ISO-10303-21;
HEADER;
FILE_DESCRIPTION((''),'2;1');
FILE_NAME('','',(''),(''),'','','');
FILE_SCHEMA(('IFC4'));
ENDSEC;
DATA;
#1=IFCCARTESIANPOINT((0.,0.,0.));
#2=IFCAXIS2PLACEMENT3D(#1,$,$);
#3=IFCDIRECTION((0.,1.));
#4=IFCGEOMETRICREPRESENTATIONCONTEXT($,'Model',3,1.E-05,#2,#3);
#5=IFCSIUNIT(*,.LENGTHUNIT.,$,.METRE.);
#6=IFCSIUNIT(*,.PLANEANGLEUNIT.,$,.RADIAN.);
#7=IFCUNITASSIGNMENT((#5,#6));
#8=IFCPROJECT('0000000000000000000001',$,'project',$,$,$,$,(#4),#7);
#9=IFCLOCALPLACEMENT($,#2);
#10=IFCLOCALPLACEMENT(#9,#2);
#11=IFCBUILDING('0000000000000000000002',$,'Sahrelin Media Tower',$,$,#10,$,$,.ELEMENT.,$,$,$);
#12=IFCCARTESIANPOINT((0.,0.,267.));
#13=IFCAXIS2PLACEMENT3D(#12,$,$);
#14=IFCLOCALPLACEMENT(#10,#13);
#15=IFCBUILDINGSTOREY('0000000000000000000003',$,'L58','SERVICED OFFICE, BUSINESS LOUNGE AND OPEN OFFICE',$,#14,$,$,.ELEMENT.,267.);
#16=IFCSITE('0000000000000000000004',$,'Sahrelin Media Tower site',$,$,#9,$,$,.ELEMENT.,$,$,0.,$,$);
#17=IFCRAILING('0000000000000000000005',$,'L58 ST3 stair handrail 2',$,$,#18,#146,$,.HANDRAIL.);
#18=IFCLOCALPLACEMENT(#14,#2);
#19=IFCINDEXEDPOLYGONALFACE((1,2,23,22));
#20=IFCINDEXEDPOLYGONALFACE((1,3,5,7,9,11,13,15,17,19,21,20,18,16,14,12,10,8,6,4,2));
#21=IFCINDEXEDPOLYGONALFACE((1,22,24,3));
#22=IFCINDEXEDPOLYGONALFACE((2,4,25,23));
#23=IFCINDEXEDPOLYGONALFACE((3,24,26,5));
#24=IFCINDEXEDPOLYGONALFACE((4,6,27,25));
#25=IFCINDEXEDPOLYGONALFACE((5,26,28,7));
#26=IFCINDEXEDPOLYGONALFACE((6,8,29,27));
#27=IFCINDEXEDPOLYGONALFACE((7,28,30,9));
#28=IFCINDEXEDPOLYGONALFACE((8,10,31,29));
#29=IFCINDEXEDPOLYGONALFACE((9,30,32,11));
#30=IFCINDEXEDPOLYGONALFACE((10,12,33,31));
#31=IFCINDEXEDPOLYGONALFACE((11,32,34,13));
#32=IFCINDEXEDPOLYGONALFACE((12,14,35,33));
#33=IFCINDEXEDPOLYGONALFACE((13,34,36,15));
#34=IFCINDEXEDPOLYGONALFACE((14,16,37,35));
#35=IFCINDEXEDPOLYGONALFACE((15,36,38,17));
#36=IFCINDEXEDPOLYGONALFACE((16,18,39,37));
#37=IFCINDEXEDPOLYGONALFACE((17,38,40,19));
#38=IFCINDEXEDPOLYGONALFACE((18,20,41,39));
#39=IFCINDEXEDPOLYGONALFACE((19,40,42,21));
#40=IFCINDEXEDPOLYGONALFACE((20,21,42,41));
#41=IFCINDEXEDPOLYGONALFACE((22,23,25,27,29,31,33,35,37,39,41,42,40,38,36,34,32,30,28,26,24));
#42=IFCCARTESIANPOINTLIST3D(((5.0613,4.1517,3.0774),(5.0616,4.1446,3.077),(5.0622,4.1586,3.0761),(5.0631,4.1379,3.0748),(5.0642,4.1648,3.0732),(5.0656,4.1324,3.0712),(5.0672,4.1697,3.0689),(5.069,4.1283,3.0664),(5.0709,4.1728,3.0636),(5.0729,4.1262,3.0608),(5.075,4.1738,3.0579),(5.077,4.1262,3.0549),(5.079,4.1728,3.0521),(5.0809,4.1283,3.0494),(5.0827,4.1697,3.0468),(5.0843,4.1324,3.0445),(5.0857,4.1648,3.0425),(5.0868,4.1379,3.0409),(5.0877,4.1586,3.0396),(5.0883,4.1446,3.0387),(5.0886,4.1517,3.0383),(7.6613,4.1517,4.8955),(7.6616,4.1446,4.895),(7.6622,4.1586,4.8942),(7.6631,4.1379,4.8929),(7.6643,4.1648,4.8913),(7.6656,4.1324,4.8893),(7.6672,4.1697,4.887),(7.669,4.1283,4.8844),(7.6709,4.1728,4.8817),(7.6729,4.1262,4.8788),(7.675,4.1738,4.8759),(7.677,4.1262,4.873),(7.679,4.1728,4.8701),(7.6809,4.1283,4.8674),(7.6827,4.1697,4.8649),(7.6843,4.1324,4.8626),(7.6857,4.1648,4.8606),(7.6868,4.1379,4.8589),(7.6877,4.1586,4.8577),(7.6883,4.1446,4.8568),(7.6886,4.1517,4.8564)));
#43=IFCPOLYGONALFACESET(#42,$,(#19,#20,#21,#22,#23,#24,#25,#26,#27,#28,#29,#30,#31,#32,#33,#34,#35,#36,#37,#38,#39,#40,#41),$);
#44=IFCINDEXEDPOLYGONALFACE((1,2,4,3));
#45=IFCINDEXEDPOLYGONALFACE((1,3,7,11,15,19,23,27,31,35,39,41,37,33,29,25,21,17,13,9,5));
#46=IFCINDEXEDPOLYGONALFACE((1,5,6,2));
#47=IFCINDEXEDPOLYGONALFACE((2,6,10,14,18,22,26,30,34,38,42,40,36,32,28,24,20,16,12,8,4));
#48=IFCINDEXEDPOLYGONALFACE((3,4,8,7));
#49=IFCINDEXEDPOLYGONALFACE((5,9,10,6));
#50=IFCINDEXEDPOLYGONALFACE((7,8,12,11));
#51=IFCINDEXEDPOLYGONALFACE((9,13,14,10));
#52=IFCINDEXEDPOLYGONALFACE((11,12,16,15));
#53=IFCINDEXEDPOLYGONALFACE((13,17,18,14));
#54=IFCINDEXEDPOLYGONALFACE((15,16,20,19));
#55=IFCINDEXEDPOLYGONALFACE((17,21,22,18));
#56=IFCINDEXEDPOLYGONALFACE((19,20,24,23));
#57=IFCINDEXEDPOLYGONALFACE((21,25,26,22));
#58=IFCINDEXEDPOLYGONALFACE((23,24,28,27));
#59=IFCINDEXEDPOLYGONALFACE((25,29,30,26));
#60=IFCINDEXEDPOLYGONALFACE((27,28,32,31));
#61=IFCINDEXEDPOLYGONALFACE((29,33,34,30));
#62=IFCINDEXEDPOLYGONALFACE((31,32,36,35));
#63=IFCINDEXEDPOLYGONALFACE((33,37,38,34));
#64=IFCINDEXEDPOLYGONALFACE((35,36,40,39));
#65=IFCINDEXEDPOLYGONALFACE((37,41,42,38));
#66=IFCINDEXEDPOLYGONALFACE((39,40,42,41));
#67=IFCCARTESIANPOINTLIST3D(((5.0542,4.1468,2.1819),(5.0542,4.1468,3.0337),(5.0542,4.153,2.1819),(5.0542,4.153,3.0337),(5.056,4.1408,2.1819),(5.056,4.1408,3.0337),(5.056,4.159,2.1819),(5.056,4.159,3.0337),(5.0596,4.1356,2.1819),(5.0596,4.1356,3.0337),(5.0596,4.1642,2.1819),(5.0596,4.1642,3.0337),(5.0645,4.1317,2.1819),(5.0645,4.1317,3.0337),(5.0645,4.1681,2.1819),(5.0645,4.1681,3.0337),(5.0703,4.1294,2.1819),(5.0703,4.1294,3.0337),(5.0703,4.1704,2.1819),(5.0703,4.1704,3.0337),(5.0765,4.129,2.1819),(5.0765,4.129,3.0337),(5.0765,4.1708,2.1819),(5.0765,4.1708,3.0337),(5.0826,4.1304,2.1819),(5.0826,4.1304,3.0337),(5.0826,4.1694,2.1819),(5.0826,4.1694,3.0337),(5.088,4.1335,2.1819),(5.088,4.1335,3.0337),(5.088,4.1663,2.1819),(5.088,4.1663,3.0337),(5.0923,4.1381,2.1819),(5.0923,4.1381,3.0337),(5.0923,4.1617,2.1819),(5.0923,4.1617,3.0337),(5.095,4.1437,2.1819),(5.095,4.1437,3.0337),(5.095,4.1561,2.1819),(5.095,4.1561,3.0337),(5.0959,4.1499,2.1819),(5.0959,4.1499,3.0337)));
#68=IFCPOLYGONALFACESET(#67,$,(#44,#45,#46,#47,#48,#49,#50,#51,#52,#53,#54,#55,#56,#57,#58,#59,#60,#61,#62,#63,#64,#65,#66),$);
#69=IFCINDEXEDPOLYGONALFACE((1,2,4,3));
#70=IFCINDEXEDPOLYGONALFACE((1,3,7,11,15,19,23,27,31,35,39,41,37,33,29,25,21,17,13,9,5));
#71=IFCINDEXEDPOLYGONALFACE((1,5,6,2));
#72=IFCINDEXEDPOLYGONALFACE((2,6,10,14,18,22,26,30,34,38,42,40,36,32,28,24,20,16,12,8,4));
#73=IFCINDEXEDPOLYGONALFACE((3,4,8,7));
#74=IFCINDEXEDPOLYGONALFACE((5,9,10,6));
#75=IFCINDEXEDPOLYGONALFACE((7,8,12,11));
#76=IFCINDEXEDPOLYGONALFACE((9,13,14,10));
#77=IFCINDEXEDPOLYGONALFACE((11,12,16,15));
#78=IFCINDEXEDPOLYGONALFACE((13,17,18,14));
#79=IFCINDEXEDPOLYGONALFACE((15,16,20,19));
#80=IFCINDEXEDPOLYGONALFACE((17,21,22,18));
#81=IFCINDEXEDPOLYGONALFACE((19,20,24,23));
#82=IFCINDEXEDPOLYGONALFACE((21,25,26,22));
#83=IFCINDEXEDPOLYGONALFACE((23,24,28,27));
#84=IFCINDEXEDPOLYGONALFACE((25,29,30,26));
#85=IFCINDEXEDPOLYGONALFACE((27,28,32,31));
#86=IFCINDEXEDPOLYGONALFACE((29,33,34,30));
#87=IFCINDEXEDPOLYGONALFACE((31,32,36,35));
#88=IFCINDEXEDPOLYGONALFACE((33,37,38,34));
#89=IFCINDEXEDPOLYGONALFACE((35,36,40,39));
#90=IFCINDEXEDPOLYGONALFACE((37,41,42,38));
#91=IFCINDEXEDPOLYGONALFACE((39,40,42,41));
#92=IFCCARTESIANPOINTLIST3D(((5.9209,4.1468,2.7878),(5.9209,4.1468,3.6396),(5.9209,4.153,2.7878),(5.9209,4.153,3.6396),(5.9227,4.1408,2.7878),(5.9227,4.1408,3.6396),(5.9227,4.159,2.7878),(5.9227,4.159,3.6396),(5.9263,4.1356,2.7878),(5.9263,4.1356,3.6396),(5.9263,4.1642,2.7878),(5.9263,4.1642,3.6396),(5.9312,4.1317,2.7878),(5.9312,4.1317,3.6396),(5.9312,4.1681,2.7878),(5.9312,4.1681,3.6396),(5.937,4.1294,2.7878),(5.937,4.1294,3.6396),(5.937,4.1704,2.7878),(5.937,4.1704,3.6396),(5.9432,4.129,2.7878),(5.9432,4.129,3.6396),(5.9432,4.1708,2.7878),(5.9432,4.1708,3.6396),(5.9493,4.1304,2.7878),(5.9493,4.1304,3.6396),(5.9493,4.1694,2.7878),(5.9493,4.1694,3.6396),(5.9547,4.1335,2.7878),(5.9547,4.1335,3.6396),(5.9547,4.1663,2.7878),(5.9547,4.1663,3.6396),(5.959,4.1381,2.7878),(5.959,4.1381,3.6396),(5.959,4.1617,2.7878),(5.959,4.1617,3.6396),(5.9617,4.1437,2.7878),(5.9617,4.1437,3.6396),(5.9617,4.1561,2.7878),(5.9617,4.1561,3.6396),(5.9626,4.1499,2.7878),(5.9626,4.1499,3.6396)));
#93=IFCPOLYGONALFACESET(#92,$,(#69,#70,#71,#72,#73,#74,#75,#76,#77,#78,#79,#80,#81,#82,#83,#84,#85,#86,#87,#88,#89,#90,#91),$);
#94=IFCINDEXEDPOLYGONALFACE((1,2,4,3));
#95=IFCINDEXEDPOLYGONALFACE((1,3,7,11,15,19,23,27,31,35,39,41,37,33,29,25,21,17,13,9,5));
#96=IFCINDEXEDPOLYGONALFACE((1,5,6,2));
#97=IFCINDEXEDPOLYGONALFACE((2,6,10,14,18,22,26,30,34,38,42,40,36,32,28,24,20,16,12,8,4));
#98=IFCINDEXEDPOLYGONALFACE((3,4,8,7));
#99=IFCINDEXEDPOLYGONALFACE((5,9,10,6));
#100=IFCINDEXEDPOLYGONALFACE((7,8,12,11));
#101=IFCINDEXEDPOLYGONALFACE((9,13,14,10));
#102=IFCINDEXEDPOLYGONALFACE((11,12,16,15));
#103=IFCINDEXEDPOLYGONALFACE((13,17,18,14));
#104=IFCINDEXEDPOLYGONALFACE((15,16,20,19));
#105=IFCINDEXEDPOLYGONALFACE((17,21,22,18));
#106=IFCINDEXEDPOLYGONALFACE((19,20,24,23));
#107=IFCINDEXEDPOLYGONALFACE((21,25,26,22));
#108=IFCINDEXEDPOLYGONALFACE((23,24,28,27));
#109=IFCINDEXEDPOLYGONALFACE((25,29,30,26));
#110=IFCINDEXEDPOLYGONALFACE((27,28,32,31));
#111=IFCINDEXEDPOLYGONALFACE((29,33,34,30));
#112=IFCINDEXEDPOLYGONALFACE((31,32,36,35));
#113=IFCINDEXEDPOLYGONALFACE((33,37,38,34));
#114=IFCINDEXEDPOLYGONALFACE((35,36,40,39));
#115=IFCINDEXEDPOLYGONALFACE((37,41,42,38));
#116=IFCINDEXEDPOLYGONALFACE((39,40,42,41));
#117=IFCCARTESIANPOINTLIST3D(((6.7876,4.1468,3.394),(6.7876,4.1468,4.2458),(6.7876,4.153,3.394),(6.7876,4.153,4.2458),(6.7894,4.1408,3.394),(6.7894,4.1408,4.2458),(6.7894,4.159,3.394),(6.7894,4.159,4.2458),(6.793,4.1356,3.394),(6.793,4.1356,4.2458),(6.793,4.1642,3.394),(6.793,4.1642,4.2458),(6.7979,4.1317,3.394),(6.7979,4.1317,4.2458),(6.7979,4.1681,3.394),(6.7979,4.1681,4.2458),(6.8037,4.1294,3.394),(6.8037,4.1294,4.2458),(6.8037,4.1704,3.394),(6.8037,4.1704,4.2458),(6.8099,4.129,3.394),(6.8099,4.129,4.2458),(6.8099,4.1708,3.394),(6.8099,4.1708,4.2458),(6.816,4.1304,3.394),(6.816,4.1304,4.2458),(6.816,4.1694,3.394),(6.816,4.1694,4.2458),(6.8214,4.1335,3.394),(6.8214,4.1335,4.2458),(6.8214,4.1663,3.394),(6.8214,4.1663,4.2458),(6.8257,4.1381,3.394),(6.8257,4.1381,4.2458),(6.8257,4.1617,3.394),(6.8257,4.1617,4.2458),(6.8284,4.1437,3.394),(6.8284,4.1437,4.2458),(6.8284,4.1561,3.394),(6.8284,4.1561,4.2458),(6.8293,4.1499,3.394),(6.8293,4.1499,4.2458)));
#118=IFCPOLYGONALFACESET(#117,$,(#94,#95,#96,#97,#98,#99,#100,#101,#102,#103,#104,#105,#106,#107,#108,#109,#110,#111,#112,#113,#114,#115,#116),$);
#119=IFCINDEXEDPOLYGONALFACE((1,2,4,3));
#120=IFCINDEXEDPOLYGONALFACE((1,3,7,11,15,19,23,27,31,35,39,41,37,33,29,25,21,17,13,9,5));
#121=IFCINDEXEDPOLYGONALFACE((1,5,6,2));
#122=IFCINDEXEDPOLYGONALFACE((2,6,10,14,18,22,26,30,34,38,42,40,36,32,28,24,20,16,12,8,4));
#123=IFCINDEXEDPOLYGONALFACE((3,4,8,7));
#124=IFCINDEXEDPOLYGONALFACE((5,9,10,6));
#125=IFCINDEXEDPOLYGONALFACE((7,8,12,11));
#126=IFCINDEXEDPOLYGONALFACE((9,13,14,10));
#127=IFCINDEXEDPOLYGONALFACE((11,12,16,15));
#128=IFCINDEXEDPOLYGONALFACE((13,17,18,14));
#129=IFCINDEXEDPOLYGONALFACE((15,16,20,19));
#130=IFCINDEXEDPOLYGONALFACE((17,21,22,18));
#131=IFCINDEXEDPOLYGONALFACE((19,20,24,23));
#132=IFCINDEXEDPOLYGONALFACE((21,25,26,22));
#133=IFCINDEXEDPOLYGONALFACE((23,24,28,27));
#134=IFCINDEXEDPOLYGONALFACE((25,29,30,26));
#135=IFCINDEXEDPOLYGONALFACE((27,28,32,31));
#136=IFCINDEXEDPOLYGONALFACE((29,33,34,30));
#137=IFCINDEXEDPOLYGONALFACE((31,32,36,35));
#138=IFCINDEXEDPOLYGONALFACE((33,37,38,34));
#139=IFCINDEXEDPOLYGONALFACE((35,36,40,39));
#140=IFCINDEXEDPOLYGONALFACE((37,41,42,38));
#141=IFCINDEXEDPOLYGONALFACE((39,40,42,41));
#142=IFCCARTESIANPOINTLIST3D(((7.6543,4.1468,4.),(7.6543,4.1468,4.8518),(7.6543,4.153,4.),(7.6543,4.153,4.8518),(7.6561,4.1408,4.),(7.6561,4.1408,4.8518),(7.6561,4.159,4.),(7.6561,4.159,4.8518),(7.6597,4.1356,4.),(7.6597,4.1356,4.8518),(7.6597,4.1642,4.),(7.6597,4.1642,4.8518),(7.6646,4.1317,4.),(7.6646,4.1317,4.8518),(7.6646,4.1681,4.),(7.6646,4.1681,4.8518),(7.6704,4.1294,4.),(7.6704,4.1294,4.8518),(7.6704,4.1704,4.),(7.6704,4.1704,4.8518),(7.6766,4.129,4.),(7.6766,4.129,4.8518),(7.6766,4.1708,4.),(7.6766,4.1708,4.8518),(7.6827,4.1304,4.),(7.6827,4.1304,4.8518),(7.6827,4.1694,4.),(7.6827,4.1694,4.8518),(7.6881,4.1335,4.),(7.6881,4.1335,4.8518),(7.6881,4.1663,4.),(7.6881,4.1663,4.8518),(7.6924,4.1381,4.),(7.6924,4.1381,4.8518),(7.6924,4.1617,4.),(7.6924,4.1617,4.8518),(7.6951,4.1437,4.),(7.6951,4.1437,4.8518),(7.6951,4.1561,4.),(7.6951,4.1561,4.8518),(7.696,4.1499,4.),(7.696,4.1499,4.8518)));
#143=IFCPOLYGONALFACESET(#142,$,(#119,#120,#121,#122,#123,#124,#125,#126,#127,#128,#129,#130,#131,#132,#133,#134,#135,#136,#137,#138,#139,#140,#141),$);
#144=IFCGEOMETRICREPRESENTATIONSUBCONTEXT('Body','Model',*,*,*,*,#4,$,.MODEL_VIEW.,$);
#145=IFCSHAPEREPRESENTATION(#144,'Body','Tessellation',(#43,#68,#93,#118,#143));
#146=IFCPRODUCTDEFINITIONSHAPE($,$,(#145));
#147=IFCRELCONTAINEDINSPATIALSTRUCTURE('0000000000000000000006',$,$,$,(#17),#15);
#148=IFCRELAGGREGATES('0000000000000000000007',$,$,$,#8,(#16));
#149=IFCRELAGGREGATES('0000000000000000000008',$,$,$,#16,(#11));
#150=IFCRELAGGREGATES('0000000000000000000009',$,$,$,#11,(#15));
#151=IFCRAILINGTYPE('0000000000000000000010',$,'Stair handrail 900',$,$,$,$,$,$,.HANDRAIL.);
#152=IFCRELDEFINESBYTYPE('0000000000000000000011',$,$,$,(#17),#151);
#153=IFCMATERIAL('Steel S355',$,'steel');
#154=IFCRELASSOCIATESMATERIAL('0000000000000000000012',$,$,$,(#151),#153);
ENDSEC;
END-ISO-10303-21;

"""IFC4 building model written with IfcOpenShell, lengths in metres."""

from ifc_helpers import new_model, si_unit, direction, frame, origin, origin_2d, place, context, subcontext, project, spatial, circle, extrude, material, type_object, element, save


model = new_model("IFC4")

# Units and contexts
model_context = context("Model", 3, precision=1e-05, world=origin(), true_north=direction((0.0, 1.0)))
body_context = subcontext(model_context, "Body", "Model", "MODEL_VIEW")
ifc_project = project(units=[si_unit("LENGTHUNIT", "METRE"), si_unit("PLANEANGLEUNIT", "RADIAN")], contexts=[model_context])

# Site, building, storey
site_placement = place(None, origin())
site = spatial("IfcSite", under=ifc_project, at=site_placement, Name="Sahrelin Media Tower site", CompositionType="ELEMENT", RefElevation=0.0)
building_placement = place(site_placement, origin())
building = spatial("IfcBuilding", under=site, at=building_placement, Name="Sahrelin Media Tower", CompositionType="ELEMENT")
storey_placement = place(building_placement, frame((0.0, 0.0, 267.0)))
storey = spatial("IfcBuildingStorey", under=building, at=storey_placement, Name="L58", Description="SERVICED OFFICE, BUSINESS LOUNGE AND OPEN OFFICE", CompositionType="ELEMENT", Elevation=267.0)

# Shared definitions
ifc_material_1 = material(Name="Steel S355", Category="steel")

# Railing
railing_type_1 = type_object("IfcRailingType", Name="Stair handrail 900", PredefinedType="HANDRAIL", material=ifc_material_1)
railing_1_placement = place(storey_placement, frame((5.075, 4.1499, 2.1819)))
element("IfcRailing", 1, at=railing_1_placement, inside=storey, type_object=railing_type_1, Name="L58 ST3 stair handrail 2", PredefinedType="HANDRAIL", context=body_context, shape_type="SweptSolid", body=[
    extrude(circle(Radius=0.0239, at=origin_2d()), frame((0.0, 0.0, 0.876), z_axis=(0.819521, 0.0, 0.573049), x_axis=(0.0, 1.0, 0.0)), (0.0, 0.0, 1.0), 3.1726),
    extrude(circle(Radius=0.021, at=origin_2d()), origin(), (0.0, 0.0, 1.0), 0.8518),
    extrude(circle(Radius=0.021, at=origin_2d()), frame((0.8667, 0.0, 0.606)), (0.0, 0.0, 1.0), 0.8518),
    extrude(circle(Radius=0.021, at=origin_2d()), frame((1.7334, 0.0, 1.2122)), (0.0, 0.0, 1.0), 0.8518),
    extrude(circle(Radius=0.021, at=origin_2d()), frame((2.6001, 0.0, 1.8181)), (0.0, 0.0, 1.0), 0.8518),
])

save(model, "model.ifc")
